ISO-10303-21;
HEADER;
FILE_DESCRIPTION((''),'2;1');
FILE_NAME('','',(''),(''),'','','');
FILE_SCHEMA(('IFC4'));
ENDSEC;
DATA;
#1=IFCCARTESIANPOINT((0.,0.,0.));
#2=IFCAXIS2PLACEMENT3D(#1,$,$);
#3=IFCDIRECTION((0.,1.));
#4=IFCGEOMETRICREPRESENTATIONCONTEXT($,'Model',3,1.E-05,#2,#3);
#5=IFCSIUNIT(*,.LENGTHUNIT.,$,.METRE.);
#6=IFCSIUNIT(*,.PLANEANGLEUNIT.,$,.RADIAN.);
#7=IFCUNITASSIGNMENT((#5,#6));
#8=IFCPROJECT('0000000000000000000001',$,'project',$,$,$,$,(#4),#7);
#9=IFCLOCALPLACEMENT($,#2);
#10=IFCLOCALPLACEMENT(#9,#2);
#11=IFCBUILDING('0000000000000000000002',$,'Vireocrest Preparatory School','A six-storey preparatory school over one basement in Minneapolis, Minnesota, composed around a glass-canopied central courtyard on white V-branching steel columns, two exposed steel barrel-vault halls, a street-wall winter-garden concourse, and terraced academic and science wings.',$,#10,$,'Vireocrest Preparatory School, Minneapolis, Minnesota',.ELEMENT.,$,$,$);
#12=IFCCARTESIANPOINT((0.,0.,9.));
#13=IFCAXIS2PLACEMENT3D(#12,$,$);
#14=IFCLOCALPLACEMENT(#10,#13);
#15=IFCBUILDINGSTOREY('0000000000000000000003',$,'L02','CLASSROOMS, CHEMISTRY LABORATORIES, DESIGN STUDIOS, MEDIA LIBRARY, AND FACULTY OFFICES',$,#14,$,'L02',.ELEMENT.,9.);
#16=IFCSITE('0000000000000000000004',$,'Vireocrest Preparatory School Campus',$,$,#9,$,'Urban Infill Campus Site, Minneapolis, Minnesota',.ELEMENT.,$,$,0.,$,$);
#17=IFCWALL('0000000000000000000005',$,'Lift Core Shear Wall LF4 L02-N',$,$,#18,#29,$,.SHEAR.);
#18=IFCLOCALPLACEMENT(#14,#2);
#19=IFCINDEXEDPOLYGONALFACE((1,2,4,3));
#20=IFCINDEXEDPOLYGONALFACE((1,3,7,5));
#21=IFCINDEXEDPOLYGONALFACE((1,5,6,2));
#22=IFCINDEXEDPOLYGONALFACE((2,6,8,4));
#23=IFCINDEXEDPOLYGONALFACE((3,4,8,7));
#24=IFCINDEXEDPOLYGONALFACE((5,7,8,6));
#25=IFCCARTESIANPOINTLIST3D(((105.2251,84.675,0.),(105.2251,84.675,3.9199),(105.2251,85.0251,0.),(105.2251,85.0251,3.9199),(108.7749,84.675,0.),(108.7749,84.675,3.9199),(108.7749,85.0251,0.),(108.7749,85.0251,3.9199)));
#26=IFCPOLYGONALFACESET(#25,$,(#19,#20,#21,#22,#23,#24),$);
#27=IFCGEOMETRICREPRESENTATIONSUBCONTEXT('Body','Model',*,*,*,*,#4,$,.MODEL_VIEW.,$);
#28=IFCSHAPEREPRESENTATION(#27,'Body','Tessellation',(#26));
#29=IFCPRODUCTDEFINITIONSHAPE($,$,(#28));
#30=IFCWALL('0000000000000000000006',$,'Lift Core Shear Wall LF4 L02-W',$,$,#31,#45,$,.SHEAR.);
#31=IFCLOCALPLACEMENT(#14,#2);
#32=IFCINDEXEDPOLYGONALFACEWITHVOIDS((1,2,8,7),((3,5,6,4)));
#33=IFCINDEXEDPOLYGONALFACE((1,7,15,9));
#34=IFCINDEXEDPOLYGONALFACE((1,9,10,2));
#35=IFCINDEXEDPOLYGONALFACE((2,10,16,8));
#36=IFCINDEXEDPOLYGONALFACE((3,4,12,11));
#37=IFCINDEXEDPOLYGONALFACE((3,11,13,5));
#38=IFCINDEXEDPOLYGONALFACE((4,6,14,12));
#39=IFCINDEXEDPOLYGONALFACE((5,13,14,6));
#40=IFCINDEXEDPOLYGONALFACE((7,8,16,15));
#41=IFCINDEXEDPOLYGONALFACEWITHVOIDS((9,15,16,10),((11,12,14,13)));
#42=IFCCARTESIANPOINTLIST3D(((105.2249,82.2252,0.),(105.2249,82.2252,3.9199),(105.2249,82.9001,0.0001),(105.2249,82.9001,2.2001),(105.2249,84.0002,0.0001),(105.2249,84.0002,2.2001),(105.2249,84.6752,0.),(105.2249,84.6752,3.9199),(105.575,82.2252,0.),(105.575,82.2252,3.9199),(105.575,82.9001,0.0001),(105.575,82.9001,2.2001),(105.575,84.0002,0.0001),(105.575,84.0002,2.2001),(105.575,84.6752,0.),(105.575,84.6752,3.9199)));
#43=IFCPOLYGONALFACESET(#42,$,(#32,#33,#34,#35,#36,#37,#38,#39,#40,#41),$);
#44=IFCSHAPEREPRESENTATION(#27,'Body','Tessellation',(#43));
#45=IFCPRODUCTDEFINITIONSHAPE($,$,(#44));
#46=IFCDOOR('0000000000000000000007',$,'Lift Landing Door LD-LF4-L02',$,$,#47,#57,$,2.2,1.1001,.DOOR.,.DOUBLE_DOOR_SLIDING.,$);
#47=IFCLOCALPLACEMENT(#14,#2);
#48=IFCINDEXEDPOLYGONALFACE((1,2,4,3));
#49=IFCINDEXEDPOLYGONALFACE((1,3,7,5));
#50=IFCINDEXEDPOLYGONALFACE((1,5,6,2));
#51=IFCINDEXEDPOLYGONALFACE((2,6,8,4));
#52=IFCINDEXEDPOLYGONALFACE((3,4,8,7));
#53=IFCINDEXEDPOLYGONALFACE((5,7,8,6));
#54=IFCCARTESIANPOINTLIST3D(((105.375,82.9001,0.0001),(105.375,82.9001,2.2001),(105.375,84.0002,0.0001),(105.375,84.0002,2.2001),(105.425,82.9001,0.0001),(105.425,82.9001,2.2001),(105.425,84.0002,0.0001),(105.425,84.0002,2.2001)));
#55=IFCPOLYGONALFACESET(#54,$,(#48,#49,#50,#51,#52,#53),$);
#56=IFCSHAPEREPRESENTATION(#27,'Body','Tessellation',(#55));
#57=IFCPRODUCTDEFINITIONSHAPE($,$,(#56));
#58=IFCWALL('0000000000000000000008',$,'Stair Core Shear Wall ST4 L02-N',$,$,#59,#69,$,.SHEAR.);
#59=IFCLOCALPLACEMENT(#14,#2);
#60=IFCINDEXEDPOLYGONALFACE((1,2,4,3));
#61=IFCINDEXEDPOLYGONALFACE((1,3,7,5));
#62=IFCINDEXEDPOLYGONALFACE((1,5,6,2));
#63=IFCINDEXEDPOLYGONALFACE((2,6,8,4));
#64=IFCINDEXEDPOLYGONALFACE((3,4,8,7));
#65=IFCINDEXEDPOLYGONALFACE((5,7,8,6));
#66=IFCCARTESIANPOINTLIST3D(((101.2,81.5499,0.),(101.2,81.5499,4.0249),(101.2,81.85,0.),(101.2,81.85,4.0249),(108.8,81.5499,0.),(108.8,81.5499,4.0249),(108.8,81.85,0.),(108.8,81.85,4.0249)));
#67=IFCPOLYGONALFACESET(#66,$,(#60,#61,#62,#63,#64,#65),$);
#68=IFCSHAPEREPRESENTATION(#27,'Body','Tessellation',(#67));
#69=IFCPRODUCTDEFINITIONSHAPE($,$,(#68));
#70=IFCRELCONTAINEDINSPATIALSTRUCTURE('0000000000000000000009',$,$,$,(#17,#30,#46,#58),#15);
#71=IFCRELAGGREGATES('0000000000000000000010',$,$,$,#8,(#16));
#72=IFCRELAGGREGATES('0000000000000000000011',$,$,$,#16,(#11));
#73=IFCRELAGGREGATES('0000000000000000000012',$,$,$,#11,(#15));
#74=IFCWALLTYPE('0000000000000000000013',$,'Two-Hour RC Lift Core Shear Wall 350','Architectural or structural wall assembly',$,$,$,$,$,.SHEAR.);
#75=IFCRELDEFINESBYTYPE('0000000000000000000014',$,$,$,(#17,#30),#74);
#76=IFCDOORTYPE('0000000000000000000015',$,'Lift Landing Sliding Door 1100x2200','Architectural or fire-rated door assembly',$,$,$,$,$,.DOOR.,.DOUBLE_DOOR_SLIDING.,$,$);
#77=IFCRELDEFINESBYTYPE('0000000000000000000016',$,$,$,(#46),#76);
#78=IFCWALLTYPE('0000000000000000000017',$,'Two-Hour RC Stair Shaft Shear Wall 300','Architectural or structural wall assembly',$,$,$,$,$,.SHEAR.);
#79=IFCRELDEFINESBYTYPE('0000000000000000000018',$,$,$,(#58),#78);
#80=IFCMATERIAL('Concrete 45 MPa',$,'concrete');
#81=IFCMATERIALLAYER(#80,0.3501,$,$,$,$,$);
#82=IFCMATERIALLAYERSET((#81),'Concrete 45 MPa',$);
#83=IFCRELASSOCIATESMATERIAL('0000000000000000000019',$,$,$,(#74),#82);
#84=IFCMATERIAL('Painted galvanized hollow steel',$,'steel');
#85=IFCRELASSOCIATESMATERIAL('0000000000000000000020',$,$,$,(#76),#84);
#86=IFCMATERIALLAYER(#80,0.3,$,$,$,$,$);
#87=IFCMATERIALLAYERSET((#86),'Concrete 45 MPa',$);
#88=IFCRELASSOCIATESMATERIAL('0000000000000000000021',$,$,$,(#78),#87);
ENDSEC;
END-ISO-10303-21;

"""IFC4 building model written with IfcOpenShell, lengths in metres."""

from ifc_helpers import new_model, si_unit, direction, frame, frame_2d, origin, place, context, subcontext, project, spatial, rectangle, extrude, material, layer, layer_set, type_object, element, fill, save


model = new_model("IFC4")

# Units and contexts
model_context = context("Model", 3, precision=1e-05, world=origin(), true_north=direction((0.0, 1.0)))
body_context = subcontext(model_context, "Body", "Model", "MODEL_VIEW")
ifc_project = project(units=[si_unit("LENGTHUNIT", "METRE"), si_unit("PLANEANGLEUNIT", "RADIAN")], contexts=[model_context])

# Site, building, storey
site_placement = place(None, origin())
site = spatial("IfcSite", under=ifc_project, at=site_placement, Name="Vireocrest Preparatory School Campus", LongName="Urban Infill Campus Site, Minneapolis, Minnesota", CompositionType="ELEMENT", RefElevation=0.0)
building_placement = place(site_placement, origin())
building = spatial("IfcBuilding", under=site, at=building_placement, Name="Vireocrest Preparatory School", Description="A six-storey preparatory school over one basement in Minneapolis, Minnesota, composed around a glass-canopied central courtyard on white V-branching steel columns, two exposed steel barrel-vault halls, a street-wall winter-garden concourse, and terraced academic and science wings.", LongName="Vireocrest Preparatory School, Minneapolis, Minnesota", CompositionType="ELEMENT")
storey_placement = place(building_placement, frame((0.0, 0.0, 9.0)))
storey = spatial("IfcBuildingStorey", under=building, at=storey_placement, Name="L02", Description="CLASSROOMS, CHEMISTRY LABORATORIES, DESIGN STUDIOS, MEDIA LIBRARY, AND FACULTY OFFICES", LongName="L02", CompositionType="ELEMENT", Elevation=9.0)

# Shared definitions
ifc_material_1 = material(Name="Concrete 45 MPa", Category="concrete")

# Wall
ifc_layer_1 = layer(ifc_material_1, 0.3501)
ifc_layer_set_1 = layer_set([ifc_layer_1], Name="Concrete 45 MPa")
wall_type_1 = type_object("IfcWallType", Name="Two-Hour RC Lift Core Shear Wall 350", Description="Architectural or structural wall assembly", PredefinedType="SHEAR", material=ifc_layer_set_1)
for number, where, z_axis, x_axis, name in (
    (1, (105.2251, 84.8501, 0.0), (0.0, 0.0, 1.0), (1.0, 0.0, 0.0), "Lift Core Shear Wall LF4 L02-N"),
):
    element("IfcWall", number, at=place(storey_placement, frame(where, z_axis=z_axis, x_axis=x_axis)), inside=storey, type_object=wall_type_1, Name=name, PredefinedType="SHEAR", context=body_context, shape_type="SweptSolid", body=[
        extrude(rectangle(XDim=3.5498, YDim=0.3501, at=frame_2d((1.7749, 0.0))), origin(), (0.0, 0.0, 1.0), 3.9199),
    ])

# Wall, opening, door
wall_1_placement = place(storey_placement, frame((105.3999, 82.2251, 0.0), z_axis=(0.0, 0.0, 1.0), x_axis=(0.0, 1.0, 0.0)))
wall_1 = element("IfcWall", 2, at=wall_1_placement, inside=storey, type_object=wall_type_1, Name="Lift Core Shear Wall LF4 L02-W", PredefinedType="SHEAR", context=body_context, shape_type="SweptSolid", body=[
    extrude(rectangle(XDim=2.45, YDim=0.3501, at=frame_2d((1.2251, 0.0))), origin(), (0.0, 0.0, 1.0), 3.9199),
])
opening_placement = place(wall_1_placement, frame((0.675, 0.0, 0.0)))
opening = element("IfcOpeningElement", 3, at=opening_placement, cuts=wall_1, PredefinedType="OPENING", context=body_context, shape_type="SweptSolid", body=[
    extrude(rectangle(XDim=1.1001, YDim=2.2, at=frame_2d((0.55, 1.1001))), frame((0.0, 0.1851, 0.0), z_axis=(0.0, -1.0, 0.0), x_axis=(1.0, 0.0, 0.0)), (0.0, 0.0, 1.0), 0.3701),
])
ifc_material_2 = material(Name="Painted galvanized hollow steel", Category="steel")
door_type = type_object("IfcDoorType", Name="Lift Landing Sliding Door 1100x2200", Description="Architectural or fire-rated door assembly", OperationType="DOUBLE_DOOR_SLIDING", PredefinedType="DOOR", material=ifc_material_2)
door_placement = place(opening_placement, origin())
door = element("IfcDoor", 4, at=door_placement, inside=storey, type_object=door_type, Name="Lift Landing Door LD-LF4-L02", OperationType="DOUBLE_DOOR_SLIDING", OverallHeight=2.2, OverallWidth=1.1001, PredefinedType="DOOR", context=body_context, shape_type="SweptSolid", body=[
    extrude(rectangle(XDim=1.1001, YDim=2.2, at=frame_2d((0.55, 1.1001))), frame((0.0, 0.0249, 0.0), z_axis=(0.0, -1.0, 0.0), x_axis=(1.0, 0.0, 0.0)), (0.0, 0.0, 1.0), 0.05),
])
fill(opening, door)

# Wall
ifc_layer_2 = layer(ifc_material_1, 0.3)
ifc_layer_set_2 = layer_set([ifc_layer_2], Name="Concrete 45 MPa")
wall_type_2 = type_object("IfcWallType", Name="Two-Hour RC Stair Shaft Shear Wall 300", Description="Architectural or structural wall assembly", PredefinedType="SHEAR", material=ifc_layer_set_2)
wall_2_placement = place(storey_placement, frame((101.2, 81.7, 0.0), z_axis=(0.0, 0.0, 1.0), x_axis=(1.0, 0.0, 0.0)))
element("IfcWall", 5, at=wall_2_placement, inside=storey, type_object=wall_type_2, Name="Stair Core Shear Wall ST4 L02-N", PredefinedType="SHEAR", context=body_context, shape_type="SweptSolid", body=[
    extrude(rectangle(XDim=7.6001, YDim=0.3, at=frame_2d((3.8, 0.0))), origin(), (0.0, 0.0, 1.0), 4.0249),
])

save(model, "model.ifc")
